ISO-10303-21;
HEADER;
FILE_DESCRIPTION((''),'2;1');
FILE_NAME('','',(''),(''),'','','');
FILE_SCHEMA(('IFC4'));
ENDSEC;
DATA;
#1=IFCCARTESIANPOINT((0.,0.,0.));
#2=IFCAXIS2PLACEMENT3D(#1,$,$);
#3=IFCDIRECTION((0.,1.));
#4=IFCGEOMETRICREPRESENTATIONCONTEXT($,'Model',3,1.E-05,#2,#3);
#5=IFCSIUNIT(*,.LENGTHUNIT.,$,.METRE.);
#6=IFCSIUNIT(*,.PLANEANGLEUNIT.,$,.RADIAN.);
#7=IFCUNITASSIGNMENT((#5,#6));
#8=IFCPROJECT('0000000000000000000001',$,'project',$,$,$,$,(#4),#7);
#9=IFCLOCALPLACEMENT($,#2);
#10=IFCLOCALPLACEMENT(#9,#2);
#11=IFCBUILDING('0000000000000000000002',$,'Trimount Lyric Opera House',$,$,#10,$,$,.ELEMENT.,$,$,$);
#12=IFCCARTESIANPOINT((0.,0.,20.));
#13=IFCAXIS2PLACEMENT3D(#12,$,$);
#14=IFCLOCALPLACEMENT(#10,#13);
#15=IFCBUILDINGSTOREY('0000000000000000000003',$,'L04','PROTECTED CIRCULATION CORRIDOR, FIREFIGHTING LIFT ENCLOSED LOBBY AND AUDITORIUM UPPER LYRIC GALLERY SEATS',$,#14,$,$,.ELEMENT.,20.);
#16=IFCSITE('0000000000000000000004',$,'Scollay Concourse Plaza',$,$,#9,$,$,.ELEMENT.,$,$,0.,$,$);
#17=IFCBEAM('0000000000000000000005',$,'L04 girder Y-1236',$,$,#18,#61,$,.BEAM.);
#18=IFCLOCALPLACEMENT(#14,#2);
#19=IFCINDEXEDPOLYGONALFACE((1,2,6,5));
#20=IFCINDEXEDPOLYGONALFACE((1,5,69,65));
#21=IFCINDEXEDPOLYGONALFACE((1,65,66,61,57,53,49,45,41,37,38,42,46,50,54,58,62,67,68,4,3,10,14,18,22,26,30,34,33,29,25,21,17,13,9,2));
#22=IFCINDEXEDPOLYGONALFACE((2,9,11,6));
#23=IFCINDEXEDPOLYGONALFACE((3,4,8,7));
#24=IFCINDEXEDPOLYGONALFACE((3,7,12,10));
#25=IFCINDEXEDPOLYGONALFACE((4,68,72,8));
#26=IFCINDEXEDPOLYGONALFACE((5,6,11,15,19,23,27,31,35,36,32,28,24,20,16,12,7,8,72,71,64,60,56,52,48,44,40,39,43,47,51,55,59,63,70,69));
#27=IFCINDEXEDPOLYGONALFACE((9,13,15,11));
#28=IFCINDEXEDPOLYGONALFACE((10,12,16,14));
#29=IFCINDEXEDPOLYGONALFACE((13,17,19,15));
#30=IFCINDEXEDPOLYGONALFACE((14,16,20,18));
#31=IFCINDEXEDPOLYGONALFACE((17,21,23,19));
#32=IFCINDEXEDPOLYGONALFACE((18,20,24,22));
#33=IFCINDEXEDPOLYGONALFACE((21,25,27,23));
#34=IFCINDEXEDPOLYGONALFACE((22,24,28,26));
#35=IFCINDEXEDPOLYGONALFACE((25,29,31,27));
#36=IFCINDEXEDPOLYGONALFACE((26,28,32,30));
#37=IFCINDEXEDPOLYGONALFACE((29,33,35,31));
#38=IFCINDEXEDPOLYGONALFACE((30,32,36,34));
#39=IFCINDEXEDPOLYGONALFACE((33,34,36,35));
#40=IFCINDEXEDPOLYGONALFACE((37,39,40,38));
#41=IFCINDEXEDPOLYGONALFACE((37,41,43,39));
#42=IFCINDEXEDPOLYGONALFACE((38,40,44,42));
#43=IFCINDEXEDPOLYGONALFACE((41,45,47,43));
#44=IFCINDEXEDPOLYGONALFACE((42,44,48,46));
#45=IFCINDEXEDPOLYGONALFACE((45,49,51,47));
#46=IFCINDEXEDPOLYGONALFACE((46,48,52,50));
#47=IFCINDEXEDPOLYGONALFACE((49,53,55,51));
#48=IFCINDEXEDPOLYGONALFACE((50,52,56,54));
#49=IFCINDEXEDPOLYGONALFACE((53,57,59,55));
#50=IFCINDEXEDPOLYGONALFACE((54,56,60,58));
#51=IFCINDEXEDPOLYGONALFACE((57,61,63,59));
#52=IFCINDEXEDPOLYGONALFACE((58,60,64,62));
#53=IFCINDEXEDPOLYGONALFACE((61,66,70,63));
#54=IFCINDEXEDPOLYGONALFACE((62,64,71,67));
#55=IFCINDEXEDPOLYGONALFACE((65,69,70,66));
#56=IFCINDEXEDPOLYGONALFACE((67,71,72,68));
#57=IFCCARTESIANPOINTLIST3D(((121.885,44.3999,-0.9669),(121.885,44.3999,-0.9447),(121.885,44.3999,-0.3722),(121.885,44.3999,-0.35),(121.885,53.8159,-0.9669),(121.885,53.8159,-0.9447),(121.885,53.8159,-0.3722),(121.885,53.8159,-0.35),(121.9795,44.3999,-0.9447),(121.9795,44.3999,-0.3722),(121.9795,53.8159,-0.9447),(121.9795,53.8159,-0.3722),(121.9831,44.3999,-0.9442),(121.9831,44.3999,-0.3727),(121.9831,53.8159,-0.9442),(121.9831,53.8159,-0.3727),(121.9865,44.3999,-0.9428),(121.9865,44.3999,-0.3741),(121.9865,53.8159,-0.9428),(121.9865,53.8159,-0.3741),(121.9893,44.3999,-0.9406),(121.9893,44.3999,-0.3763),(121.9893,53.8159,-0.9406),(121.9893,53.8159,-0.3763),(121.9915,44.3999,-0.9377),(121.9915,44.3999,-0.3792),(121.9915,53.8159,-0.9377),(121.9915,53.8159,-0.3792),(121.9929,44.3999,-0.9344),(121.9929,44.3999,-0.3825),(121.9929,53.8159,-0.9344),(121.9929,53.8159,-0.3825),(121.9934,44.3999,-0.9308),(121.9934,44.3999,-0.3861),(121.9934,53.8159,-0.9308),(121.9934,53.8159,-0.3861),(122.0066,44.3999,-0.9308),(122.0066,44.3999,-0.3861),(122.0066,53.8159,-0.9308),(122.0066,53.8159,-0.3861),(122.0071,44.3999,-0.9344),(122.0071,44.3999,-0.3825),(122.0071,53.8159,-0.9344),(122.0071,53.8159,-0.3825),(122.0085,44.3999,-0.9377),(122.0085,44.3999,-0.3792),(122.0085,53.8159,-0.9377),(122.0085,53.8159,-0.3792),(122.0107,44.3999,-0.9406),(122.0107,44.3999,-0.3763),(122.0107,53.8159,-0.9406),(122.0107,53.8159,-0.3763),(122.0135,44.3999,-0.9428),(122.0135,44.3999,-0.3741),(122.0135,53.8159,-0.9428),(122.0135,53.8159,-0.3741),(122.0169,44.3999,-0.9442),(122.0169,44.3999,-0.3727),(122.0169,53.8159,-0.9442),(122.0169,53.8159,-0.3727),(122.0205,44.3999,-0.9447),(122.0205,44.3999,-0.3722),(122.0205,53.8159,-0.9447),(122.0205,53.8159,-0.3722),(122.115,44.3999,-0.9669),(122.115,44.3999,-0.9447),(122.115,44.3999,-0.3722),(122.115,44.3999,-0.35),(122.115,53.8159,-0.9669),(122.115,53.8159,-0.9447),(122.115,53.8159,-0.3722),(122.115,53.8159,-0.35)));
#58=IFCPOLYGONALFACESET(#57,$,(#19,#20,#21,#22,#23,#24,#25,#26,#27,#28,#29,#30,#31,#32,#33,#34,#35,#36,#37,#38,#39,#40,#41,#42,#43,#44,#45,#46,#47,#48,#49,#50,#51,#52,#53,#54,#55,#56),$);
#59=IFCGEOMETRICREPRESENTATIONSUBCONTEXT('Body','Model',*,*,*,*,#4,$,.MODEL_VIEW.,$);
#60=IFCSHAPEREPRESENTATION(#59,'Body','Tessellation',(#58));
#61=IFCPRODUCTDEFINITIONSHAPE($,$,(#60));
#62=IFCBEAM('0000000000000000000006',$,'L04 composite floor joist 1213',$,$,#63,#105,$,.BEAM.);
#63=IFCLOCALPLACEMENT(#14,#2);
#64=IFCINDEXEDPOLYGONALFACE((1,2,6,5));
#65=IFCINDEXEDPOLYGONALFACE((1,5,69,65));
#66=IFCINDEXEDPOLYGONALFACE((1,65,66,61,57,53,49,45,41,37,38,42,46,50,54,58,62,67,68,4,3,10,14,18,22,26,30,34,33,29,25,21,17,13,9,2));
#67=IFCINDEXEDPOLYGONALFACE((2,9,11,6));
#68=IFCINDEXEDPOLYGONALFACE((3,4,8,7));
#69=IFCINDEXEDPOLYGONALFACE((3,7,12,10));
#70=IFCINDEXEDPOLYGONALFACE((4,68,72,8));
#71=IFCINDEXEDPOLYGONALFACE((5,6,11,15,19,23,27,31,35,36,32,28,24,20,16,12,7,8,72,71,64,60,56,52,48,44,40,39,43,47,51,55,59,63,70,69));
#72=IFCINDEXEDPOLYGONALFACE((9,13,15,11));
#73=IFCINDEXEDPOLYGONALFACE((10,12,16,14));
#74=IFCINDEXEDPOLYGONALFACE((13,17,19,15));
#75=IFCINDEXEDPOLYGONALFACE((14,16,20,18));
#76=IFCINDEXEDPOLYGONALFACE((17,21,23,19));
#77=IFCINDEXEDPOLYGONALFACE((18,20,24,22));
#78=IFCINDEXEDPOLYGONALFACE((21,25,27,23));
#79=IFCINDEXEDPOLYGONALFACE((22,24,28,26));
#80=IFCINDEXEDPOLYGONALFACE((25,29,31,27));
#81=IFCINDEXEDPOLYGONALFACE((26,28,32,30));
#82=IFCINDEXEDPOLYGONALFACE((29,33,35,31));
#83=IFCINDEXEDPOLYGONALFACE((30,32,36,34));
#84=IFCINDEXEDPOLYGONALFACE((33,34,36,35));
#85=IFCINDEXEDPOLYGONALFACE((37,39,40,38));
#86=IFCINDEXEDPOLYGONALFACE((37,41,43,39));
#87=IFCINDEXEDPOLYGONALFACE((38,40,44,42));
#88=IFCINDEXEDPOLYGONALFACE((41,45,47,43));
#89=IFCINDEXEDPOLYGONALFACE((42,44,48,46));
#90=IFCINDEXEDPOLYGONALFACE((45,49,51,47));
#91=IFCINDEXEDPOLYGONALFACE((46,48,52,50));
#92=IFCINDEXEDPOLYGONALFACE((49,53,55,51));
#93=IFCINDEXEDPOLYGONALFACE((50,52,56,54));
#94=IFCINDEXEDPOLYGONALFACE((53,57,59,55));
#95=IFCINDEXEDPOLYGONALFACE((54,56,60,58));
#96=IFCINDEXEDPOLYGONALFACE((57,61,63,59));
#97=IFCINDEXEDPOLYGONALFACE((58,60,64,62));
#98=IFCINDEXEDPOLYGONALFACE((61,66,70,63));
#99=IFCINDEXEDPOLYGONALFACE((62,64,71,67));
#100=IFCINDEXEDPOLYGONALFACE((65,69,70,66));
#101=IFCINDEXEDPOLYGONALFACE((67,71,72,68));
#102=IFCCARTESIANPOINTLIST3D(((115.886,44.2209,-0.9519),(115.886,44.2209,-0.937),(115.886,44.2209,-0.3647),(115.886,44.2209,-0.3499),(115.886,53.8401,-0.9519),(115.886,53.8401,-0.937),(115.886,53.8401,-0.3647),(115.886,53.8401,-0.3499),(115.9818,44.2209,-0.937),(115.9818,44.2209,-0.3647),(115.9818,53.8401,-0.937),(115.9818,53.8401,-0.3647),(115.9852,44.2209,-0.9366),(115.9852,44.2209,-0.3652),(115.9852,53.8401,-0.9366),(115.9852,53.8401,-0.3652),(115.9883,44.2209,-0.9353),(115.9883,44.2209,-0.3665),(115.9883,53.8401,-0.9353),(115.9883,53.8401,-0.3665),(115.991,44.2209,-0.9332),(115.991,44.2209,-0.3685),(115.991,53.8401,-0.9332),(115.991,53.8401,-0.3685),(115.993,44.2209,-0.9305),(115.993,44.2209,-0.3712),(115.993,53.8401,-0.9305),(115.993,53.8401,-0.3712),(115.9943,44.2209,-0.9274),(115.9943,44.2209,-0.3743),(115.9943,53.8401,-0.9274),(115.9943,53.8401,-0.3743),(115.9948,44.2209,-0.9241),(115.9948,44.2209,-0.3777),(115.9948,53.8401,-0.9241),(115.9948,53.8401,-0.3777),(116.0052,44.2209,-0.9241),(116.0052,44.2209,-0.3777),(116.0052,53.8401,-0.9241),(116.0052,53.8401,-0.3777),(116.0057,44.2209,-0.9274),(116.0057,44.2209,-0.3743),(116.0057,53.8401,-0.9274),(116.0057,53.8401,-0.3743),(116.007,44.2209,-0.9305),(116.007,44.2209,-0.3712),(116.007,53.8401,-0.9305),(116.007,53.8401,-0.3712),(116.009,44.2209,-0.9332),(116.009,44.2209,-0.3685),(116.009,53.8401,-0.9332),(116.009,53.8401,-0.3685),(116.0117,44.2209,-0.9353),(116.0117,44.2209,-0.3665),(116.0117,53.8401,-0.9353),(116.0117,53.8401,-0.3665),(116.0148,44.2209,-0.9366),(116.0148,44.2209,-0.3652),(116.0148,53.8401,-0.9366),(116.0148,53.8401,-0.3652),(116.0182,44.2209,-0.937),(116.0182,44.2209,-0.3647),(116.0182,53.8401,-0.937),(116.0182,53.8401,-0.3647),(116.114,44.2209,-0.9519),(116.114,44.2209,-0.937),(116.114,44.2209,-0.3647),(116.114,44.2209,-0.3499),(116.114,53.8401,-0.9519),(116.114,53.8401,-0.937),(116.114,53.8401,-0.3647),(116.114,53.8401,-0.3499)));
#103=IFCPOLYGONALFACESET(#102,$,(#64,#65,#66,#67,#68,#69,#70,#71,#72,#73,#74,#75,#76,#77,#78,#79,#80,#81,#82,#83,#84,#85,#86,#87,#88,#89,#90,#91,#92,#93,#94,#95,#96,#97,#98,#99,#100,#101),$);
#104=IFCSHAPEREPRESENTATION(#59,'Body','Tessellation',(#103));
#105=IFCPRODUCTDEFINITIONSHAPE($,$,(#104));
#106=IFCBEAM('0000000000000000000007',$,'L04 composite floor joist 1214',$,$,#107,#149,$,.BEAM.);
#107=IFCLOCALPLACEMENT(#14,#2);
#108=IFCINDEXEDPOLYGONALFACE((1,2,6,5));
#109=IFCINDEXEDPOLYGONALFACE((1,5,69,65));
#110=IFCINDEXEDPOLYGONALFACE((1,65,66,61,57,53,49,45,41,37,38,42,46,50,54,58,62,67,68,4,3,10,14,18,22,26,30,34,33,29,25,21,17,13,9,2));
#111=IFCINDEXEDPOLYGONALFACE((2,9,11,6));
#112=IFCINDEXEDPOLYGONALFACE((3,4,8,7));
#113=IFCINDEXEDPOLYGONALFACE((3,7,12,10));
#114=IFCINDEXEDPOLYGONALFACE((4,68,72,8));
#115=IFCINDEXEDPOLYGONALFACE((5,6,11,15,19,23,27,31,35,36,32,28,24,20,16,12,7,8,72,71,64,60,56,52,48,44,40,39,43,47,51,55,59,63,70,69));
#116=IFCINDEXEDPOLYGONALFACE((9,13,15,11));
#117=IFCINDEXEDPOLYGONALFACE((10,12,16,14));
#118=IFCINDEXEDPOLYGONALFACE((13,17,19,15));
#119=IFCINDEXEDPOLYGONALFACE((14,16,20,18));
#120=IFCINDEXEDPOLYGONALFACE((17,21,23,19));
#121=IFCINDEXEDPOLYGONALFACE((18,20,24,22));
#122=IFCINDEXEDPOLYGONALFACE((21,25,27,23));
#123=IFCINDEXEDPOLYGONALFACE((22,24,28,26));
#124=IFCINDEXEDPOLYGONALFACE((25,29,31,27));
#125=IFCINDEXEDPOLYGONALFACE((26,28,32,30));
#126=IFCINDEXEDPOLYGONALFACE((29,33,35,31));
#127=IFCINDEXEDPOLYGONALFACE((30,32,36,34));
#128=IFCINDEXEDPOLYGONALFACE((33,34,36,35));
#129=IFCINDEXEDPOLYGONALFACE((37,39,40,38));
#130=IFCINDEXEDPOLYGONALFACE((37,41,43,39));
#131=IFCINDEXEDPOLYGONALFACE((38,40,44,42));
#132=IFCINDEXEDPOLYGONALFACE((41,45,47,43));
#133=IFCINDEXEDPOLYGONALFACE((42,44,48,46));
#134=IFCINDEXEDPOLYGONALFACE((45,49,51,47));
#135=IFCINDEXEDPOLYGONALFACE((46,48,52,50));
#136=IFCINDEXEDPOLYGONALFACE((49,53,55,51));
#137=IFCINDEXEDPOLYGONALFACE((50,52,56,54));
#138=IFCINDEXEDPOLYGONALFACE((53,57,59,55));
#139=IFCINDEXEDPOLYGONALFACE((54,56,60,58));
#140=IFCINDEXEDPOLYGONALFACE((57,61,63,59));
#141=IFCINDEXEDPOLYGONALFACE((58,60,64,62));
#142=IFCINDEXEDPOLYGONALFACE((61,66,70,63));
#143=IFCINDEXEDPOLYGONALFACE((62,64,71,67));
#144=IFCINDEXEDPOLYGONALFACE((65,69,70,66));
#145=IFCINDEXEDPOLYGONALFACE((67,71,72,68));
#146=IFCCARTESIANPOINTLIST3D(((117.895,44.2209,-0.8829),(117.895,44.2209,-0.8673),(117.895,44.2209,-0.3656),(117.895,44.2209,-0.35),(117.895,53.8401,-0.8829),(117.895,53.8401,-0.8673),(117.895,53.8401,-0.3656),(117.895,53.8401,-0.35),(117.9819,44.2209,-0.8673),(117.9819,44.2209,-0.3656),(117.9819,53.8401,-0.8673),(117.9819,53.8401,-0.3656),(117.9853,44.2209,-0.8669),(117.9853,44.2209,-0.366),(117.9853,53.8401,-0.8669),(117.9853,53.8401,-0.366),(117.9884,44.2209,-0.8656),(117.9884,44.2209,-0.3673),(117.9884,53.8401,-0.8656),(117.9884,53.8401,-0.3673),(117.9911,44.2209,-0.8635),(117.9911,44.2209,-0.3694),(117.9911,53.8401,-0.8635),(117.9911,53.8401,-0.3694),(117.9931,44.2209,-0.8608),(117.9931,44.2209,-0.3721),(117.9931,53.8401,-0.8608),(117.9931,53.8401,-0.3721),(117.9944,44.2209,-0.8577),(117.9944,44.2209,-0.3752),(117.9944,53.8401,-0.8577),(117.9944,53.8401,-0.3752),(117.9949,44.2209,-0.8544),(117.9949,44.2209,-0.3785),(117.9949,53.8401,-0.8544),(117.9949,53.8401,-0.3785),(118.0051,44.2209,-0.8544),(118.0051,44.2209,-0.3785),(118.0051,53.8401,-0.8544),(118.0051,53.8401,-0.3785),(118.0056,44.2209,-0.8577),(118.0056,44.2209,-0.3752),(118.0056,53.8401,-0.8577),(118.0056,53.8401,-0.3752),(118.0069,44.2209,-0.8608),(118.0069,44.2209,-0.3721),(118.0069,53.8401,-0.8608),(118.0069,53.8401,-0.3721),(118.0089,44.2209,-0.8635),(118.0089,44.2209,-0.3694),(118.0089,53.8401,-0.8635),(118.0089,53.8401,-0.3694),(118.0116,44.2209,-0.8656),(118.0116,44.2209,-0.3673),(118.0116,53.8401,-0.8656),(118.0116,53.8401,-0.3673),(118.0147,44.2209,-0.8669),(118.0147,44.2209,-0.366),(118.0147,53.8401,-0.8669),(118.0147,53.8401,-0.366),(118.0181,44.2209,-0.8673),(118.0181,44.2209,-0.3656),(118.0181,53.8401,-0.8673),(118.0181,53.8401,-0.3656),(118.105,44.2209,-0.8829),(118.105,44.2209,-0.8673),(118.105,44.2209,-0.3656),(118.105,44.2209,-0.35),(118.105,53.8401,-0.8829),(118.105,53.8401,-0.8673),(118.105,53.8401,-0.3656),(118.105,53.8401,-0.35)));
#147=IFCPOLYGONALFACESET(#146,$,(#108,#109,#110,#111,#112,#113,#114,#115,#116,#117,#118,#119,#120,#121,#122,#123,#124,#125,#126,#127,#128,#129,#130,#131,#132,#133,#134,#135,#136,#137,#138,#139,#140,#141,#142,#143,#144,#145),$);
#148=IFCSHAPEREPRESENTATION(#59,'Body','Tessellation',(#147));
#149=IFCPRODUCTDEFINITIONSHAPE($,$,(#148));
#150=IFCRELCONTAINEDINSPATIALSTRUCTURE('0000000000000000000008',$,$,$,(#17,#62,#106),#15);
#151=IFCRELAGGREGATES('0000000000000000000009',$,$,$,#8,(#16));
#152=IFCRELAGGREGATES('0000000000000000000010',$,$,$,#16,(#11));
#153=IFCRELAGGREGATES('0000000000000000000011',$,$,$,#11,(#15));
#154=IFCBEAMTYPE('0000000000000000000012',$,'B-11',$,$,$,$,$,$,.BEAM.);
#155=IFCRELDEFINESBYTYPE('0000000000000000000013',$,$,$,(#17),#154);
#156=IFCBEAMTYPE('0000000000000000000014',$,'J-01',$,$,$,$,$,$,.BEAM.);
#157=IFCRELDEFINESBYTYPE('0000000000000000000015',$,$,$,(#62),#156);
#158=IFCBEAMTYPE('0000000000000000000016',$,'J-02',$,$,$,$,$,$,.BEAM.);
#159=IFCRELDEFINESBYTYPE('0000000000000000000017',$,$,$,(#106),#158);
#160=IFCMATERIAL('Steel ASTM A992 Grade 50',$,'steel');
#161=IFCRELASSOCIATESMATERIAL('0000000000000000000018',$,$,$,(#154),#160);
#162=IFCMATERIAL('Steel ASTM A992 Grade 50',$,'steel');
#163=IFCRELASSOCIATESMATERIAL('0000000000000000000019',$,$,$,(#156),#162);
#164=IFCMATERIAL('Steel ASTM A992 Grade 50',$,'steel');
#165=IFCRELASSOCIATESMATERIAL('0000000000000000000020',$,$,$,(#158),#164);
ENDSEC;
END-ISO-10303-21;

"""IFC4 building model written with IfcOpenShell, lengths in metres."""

from ifc_helpers import new_model, si_unit, direction, frame, origin, origin_2d, place, context, subcontext, project, spatial, i_section, extrude, material, material_profile, profile_set, type_object, element, save


model = new_model("IFC4")

# Units and contexts
model_context = context("Model", 3, precision=1e-05, world=origin(), true_north=direction((0.0, 1.0)))
body_context = subcontext(model_context, "Body", "Model", "MODEL_VIEW")
ifc_project = project(units=[si_unit("LENGTHUNIT", "METRE"), si_unit("PLANEANGLEUNIT", "RADIAN")], contexts=[model_context])

# Site, building, storey
site_placement = place(None, origin())
site = spatial("IfcSite", under=ifc_project, at=site_placement, Name="Scollay Concourse Plaza", CompositionType="ELEMENT", RefElevation=0.0)
building_placement = place(site_placement, origin())
building = spatial("IfcBuilding", under=site, at=building_placement, Name="Trimount Lyric Opera House", CompositionType="ELEMENT")
storey_placement = place(building_placement, frame((0.0, 0.0, 20.0)))
storey = spatial("IfcBuildingStorey", under=building, at=storey_placement, Name="L04", Description="PROTECTED CIRCULATION CORRIDOR, FIREFIGHTING LIFT ENCLOSED LOBBY AND AUDITORIUM UPPER LYRIC GALLERY SEATS", CompositionType="ELEMENT", Elevation=20.0)

# Beams
ifc_material_1 = material(Name="Steel ASTM A992 Grade 50", Category="steel")
ifc_material_profile_1 = material_profile(ifc_material_1, i_section(OverallWidth=0.23, OverallDepth=0.6169, WebThickness=0.0132, FlangeThickness=0.0222, FilletRadius=0.0139, at=origin_2d()), Name="W24X94")
ifc_profile_set_1 = profile_set([ifc_material_profile_1], Name="Steel ASTM A992 Grade 50")
beam_type_1 = type_object("IfcBeamType", Name="B-11", PredefinedType="BEAM", material=ifc_profile_set_1)
beam_1_placement = place(storey_placement, frame((122.0, 44.3999, -0.6584), z_axis=(0.0, 1.0, 0.0), x_axis=(-1.0, 0.0, 0.0)))
element("IfcBeam", 1, at=beam_1_placement, inside=storey, type_object=beam_type_1, Name="L04 girder Y-1236", PredefinedType="BEAM", context=body_context, shape_type="SweptSolid", body=[
    extrude(i_section(OverallWidth=0.23, OverallDepth=0.6169, WebThickness=0.0132, FlangeThickness=0.0222, FilletRadius=0.0139, at=origin_2d()), origin(), (0.0, 0.0, 1.0), 9.416),
])
ifc_material_2 = material(Name="Steel ASTM A992 Grade 50", Category="steel")
ifc_material_profile_2 = material_profile(ifc_material_2, i_section(OverallWidth=0.228, OverallDepth=0.6021, WebThickness=0.0105, FlangeThickness=0.0149, FilletRadius=0.0129, at=origin_2d()), Name="W24X68")
ifc_profile_set_2 = profile_set([ifc_material_profile_2], Name="Steel ASTM A992 Grade 50")
beam_type_2 = type_object("IfcBeamType", Name="J-01", PredefinedType="BEAM", material=ifc_profile_set_2)
beam_2_placement = place(storey_placement, frame((116.0, 44.2209, -0.6509), z_axis=(0.0, 1.0, 0.0), x_axis=(-1.0, 0.0, 0.0)))
element("IfcBeam", 2, at=beam_2_placement, inside=storey, type_object=beam_type_2, Name="L04 composite floor joist 1213", PredefinedType="BEAM", context=body_context, shape_type="SweptSolid", body=[
    extrude(i_section(OverallWidth=0.228, OverallDepth=0.6021, WebThickness=0.0105, FlangeThickness=0.0149, FilletRadius=0.0129, at=origin_2d()), origin(), (0.0, 0.0, 1.0), 9.6191),
])
ifc_material_3 = material(Name="Steel ASTM A992 Grade 50", Category="steel")
ifc_material_profile_3 = material_profile(ifc_material_3, i_section(OverallWidth=0.21, OverallDepth=0.533, WebThickness=0.0103, FlangeThickness=0.0156, FilletRadius=0.0129, at=origin_2d()), Name="W21X62")
ifc_profile_set_3 = profile_set([ifc_material_profile_3], Name="Steel ASTM A992 Grade 50")
beam_type_3 = type_object("IfcBeamType", Name="J-02", PredefinedType="BEAM", material=ifc_profile_set_3)
beam_3_placement = place(storey_placement, frame((118.0, 44.2209, -0.6165), z_axis=(0.0, 1.0, 0.0), x_axis=(-1.0, 0.0, 0.0)))
element("IfcBeam", 3, at=beam_3_placement, inside=storey, type_object=beam_type_3, Name="L04 composite floor joist 1214", PredefinedType="BEAM", context=body_context, shape_type="SweptSolid", body=[
    extrude(i_section(OverallWidth=0.21, OverallDepth=0.533, WebThickness=0.0103, FlangeThickness=0.0156, FilletRadius=0.0129, at=origin_2d()), origin(), (0.0, 0.0, 1.0), 9.6191),
])

save(model, "model.ifc")
